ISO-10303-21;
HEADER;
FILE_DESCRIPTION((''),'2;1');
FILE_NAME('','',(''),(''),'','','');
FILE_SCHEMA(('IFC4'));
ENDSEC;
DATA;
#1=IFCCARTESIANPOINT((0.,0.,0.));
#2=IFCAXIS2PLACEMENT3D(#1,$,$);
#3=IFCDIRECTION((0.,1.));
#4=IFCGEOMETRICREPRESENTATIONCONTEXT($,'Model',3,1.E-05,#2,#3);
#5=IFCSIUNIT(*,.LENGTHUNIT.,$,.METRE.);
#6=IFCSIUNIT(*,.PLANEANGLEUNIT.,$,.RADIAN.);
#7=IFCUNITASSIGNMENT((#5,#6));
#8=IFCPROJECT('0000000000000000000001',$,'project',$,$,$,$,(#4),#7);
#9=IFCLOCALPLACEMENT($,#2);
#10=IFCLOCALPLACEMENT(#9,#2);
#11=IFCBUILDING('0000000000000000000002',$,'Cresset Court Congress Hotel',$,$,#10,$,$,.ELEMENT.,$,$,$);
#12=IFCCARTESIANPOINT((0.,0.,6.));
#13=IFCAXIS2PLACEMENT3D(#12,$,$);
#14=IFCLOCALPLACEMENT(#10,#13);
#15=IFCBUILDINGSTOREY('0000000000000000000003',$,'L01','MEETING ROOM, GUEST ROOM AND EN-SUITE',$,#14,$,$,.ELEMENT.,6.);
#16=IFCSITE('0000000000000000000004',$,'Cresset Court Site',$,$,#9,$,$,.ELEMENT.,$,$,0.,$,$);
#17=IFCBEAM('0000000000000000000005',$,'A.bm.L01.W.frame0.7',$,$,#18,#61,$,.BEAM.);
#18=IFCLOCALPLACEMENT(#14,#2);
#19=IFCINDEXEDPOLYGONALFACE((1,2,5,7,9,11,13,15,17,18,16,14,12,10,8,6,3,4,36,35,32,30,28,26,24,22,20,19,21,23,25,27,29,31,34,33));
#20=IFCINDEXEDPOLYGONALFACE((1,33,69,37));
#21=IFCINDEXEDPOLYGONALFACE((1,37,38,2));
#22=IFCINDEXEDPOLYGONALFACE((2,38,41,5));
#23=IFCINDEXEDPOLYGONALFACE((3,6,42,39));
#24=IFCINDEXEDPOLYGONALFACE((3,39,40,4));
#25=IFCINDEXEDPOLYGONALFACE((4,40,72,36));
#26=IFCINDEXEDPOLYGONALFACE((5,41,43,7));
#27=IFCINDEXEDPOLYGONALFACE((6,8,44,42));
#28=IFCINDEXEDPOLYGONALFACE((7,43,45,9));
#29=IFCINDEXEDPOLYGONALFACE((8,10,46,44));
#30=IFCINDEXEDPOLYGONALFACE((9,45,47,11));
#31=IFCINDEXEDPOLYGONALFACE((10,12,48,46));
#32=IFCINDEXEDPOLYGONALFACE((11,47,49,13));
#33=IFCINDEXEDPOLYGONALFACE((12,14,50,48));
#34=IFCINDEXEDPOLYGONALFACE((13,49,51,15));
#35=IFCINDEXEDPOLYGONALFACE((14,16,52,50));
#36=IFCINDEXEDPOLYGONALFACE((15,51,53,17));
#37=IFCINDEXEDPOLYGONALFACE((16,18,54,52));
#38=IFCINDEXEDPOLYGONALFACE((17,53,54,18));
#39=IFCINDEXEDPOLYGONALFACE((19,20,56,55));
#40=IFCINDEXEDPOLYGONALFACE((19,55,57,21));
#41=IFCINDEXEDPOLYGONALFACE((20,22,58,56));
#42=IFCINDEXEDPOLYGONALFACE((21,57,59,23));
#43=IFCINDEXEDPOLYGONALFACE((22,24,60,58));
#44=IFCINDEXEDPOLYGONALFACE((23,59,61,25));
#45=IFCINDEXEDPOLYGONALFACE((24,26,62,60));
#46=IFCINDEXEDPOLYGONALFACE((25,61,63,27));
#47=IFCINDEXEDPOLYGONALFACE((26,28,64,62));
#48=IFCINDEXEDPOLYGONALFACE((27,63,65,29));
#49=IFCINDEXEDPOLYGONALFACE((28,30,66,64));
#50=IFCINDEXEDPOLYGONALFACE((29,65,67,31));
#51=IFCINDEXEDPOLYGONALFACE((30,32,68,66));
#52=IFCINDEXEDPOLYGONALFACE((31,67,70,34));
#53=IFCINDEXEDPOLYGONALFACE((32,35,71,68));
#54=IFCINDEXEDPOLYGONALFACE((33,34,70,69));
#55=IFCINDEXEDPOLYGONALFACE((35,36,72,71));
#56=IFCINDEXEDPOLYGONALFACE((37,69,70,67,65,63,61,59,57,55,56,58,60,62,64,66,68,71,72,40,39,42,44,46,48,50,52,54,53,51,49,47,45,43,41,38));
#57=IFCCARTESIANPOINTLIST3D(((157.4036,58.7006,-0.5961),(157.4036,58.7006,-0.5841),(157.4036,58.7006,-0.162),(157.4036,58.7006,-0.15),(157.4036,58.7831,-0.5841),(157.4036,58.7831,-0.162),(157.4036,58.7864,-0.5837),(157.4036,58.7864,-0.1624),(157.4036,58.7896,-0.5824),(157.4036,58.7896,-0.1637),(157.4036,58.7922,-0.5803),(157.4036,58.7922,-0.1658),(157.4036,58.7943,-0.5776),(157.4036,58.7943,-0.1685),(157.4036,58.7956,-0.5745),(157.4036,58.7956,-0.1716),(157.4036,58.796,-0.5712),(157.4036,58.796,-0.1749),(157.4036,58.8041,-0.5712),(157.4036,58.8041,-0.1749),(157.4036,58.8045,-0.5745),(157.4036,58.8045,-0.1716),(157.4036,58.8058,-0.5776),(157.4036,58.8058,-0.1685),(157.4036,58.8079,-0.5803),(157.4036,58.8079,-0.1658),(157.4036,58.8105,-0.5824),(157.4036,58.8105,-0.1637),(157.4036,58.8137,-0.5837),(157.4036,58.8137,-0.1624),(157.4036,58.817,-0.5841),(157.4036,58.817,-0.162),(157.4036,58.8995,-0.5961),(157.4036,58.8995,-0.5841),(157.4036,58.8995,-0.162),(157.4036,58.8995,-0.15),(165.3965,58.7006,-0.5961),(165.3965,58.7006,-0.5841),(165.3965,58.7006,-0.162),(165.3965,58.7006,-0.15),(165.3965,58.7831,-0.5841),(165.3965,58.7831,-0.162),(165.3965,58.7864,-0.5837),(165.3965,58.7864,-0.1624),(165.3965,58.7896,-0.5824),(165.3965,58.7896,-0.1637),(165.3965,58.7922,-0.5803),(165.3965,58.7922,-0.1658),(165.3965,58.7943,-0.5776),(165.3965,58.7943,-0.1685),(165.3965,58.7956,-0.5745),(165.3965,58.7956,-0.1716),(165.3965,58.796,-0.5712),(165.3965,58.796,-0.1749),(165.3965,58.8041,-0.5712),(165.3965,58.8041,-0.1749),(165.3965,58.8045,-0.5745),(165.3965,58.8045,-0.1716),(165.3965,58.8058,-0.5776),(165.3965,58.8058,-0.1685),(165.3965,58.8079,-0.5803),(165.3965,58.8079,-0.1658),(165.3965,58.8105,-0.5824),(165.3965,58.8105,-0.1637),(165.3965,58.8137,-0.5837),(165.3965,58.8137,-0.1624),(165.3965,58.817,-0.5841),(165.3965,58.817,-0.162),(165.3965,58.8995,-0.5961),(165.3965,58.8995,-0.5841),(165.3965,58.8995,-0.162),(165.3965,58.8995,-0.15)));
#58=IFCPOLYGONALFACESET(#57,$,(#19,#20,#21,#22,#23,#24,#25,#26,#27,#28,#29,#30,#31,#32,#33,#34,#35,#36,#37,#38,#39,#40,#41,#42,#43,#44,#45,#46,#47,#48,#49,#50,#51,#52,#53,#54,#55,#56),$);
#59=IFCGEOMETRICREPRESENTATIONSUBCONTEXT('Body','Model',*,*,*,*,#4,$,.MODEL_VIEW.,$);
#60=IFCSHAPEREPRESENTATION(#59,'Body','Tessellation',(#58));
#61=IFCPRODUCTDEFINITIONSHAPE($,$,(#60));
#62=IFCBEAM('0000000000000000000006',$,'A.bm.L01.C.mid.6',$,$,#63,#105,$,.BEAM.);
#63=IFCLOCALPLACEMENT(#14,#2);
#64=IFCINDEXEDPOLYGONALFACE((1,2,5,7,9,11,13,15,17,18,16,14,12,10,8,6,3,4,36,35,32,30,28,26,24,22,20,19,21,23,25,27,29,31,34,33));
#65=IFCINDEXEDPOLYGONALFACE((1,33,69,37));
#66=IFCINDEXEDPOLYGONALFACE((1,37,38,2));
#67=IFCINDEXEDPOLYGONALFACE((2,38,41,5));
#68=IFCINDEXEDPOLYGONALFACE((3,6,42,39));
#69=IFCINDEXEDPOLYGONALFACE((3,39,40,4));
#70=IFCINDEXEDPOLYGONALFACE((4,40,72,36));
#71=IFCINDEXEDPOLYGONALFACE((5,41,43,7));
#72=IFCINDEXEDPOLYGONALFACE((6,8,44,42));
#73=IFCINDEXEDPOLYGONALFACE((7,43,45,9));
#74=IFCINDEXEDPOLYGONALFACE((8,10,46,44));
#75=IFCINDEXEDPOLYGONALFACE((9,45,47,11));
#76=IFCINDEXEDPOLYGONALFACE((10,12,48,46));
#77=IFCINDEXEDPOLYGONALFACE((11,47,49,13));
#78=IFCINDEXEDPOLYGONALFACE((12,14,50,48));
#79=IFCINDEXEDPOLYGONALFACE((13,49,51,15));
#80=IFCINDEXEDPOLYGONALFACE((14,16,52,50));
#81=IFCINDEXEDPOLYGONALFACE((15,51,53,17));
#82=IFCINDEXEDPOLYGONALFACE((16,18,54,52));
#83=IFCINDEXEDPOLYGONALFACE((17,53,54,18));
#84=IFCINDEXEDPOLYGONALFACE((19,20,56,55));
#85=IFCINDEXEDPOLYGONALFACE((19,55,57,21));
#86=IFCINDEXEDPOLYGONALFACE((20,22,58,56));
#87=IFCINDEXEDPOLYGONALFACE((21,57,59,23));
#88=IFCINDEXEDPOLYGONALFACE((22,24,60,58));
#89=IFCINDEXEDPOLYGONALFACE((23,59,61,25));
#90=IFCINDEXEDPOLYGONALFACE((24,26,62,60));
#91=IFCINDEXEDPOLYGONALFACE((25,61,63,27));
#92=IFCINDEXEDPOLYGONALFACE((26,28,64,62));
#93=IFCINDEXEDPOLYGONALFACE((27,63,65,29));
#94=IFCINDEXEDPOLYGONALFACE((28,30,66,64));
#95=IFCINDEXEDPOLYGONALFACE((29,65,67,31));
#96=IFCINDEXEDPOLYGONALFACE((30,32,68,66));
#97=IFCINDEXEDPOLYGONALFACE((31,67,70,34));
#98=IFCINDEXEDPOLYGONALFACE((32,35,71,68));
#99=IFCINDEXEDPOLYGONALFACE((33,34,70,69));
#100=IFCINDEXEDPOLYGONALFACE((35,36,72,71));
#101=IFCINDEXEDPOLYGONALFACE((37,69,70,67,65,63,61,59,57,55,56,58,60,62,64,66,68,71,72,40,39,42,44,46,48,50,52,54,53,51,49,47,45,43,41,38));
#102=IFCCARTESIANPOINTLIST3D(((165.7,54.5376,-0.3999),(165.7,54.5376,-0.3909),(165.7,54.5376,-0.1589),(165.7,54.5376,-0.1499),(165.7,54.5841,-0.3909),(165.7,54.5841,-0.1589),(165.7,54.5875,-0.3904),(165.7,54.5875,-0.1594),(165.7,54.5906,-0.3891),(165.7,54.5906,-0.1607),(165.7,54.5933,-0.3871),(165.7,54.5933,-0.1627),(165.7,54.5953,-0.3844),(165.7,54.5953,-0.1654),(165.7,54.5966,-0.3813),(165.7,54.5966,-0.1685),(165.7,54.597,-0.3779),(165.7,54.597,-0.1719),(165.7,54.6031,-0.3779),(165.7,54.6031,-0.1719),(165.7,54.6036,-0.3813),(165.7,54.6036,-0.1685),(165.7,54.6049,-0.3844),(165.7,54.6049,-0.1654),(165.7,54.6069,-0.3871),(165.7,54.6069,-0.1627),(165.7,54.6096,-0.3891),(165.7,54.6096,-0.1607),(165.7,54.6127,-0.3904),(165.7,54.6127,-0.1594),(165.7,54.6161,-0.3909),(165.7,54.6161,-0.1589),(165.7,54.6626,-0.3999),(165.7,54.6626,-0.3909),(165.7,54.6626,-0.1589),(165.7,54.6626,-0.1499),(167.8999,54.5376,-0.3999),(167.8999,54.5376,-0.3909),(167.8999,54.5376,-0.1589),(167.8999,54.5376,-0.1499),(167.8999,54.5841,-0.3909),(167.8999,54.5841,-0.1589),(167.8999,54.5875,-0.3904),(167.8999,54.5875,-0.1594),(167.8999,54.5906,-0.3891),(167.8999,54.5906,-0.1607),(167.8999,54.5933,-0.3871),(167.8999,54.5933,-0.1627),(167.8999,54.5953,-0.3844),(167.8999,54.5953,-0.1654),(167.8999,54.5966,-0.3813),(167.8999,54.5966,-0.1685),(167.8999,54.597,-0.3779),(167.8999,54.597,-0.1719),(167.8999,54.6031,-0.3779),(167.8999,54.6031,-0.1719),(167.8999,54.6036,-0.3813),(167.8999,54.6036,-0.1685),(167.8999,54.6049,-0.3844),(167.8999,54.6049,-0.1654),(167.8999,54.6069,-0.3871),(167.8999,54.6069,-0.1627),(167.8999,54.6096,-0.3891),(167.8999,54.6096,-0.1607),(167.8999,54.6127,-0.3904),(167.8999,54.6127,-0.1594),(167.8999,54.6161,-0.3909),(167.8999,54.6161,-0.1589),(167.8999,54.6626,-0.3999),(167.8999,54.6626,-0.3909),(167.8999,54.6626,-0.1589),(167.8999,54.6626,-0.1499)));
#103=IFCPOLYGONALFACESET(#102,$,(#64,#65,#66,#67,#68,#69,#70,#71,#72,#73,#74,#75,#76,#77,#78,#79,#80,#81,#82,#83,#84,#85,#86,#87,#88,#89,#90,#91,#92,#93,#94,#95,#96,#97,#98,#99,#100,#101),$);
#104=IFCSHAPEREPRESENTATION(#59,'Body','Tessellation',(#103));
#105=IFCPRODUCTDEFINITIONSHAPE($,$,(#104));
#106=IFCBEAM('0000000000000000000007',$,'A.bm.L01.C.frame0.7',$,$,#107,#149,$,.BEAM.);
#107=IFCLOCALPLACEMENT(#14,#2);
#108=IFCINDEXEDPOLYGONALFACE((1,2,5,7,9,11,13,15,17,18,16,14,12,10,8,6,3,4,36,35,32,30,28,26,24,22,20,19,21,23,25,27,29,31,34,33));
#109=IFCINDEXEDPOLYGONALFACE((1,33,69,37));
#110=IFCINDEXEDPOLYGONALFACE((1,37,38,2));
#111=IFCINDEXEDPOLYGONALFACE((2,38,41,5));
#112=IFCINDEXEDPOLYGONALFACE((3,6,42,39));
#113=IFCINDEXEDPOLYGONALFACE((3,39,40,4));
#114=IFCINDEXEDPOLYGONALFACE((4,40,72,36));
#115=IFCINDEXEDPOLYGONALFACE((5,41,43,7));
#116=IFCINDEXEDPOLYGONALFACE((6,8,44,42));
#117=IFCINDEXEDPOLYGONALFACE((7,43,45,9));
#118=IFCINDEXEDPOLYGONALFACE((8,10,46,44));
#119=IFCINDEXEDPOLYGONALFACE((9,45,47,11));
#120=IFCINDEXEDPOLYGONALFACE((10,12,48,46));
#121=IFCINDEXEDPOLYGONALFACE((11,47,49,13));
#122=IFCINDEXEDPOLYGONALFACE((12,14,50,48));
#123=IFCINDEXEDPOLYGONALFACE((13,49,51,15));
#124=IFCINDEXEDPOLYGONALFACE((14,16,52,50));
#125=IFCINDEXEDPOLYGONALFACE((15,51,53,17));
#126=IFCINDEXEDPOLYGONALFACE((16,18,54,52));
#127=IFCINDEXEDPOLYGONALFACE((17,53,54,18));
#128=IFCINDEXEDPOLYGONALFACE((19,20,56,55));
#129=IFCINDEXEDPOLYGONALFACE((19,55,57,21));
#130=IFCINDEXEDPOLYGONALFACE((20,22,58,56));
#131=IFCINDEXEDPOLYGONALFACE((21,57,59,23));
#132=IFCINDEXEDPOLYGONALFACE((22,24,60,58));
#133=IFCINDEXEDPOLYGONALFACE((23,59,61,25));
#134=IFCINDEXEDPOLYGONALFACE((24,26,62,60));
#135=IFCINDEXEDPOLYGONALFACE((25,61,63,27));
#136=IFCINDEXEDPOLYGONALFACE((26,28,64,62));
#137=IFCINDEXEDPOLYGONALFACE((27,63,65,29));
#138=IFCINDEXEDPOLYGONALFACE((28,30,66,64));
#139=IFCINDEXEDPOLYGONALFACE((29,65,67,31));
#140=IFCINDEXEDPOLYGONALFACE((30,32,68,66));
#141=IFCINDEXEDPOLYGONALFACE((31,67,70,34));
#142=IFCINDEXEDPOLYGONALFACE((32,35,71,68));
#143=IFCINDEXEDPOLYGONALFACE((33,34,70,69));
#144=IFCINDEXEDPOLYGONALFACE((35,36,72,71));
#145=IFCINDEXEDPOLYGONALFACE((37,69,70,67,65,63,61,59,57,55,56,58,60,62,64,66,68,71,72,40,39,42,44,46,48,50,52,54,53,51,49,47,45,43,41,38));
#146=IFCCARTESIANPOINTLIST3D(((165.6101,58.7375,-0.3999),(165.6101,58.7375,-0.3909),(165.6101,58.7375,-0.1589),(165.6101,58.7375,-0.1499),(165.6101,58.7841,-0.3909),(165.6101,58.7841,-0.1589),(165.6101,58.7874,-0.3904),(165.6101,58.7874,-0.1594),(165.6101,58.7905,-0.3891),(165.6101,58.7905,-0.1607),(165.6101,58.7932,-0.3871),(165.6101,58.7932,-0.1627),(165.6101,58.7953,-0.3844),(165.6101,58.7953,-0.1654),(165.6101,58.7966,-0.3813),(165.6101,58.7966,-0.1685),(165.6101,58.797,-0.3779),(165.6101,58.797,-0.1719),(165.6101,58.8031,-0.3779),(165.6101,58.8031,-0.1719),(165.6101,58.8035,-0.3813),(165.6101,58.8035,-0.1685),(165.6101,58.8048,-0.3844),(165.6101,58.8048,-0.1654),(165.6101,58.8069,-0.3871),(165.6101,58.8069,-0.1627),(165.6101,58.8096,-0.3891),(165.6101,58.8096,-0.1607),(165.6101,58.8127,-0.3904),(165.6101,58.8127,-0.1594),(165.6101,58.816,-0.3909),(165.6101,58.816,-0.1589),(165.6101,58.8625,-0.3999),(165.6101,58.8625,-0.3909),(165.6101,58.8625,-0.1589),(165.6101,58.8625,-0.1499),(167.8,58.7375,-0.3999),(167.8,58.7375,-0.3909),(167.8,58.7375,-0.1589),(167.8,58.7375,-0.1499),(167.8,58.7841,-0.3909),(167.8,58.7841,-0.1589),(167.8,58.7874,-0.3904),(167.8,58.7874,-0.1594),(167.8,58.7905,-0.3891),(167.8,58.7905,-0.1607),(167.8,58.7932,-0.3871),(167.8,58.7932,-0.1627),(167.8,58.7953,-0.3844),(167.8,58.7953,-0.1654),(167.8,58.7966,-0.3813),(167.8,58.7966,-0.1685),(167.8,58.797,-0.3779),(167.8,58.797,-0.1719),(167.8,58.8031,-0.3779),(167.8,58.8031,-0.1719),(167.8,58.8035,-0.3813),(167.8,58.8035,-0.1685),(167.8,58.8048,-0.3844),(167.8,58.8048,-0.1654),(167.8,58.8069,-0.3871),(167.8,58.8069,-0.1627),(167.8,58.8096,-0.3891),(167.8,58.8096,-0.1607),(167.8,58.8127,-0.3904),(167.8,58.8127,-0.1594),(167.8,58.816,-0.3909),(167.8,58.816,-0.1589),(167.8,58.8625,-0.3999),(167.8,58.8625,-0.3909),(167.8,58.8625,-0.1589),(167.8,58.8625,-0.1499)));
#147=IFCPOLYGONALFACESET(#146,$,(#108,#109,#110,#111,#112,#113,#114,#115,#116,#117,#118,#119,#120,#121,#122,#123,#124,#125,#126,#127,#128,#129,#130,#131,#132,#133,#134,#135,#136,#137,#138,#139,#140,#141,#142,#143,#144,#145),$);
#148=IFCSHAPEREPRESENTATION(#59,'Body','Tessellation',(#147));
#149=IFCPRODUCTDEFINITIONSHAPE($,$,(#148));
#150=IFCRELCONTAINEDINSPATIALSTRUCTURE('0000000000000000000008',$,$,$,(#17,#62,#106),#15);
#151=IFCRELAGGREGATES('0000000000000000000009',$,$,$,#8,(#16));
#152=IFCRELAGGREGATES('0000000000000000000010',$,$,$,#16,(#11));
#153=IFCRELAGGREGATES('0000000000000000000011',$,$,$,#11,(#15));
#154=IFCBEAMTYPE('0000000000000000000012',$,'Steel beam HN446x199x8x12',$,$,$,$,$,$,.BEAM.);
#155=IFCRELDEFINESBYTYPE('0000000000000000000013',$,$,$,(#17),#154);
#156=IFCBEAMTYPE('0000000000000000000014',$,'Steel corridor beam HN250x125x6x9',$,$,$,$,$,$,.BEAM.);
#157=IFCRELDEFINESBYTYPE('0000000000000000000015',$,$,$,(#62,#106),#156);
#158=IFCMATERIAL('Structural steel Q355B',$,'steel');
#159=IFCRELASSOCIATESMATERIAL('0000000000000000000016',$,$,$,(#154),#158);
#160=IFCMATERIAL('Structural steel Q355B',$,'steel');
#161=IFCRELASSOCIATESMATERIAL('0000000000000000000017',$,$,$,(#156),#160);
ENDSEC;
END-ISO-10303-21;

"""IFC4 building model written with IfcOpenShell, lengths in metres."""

from ifc_helpers import new_model, si_unit, direction, frame, origin, origin_2d, place, context, subcontext, project, spatial, i_section, extrude, material, material_profile, profile_set, type_object, element, save


model = new_model("IFC4")

# Units and contexts
model_context = context("Model", 3, precision=1e-05, world=origin(), true_north=direction((0.0, 1.0)))
body_context = subcontext(model_context, "Body", "Model", "MODEL_VIEW")
ifc_project = project(units=[si_unit("LENGTHUNIT", "METRE"), si_unit("PLANEANGLEUNIT", "RADIAN")], contexts=[model_context])

# Site, building, storey
site_placement = place(None, origin())
site = spatial("IfcSite", under=ifc_project, at=site_placement, Name="Cresset Court Site", CompositionType="ELEMENT", RefElevation=0.0)
building_placement = place(site_placement, origin())
building = spatial("IfcBuilding", under=site, at=building_placement, Name="Cresset Court Congress Hotel", CompositionType="ELEMENT")
storey_placement = place(building_placement, frame((0.0, 0.0, 6.0)))
storey = spatial("IfcBuildingStorey", under=building, at=storey_placement, Name="L01", Description="MEETING ROOM, GUEST ROOM AND EN-SUITE", CompositionType="ELEMENT", Elevation=6.0)

# Beams
ifc_material_1 = material(Name="Structural steel Q355B", Category="steel")
ifc_material_profile_1 = material_profile(ifc_material_1, i_section(OverallWidth=0.199, OverallDepth=0.446, WebThickness=0.0081, FlangeThickness=0.012, FilletRadius=0.0129, at=origin_2d()), Name="HN446x199x8x12")
ifc_profile_set_1 = profile_set([ifc_material_profile_1], Name="Structural steel Q355B")
beam_type_1 = type_object("IfcBeamType", Name="Steel beam HN446x199x8x12", PredefinedType="BEAM", material=ifc_profile_set_1)
beam_1_placement = place(storey_placement, frame((157.4036, 58.8, -0.373), z_axis=(1.0, 0.0, 0.0), x_axis=(0.0, 1.0, 0.0)))
element("IfcBeam", 1, at=beam_1_placement, inside=storey, type_object=beam_type_1, Name="A.bm.L01.W.frame0.7", PredefinedType="BEAM", context=body_context, shape_type="SweptSolid", body=[
    extrude(i_section(OverallWidth=0.199, OverallDepth=0.446, WebThickness=0.0081, FlangeThickness=0.012, FilletRadius=0.0129, at=origin_2d()), origin(), (0.0, 0.0, 1.0), 7.9929),
])
ifc_material_2 = material(Name="Structural steel Q355B", Category="steel")
ifc_material_profile_2 = material_profile(ifc_material_2, i_section(OverallWidth=0.125, OverallDepth=0.25, WebThickness=0.0061, FlangeThickness=0.009, FilletRadius=0.0129, at=origin_2d()), Name="HN250x125x6x9")
ifc_profile_set_2 = profile_set([ifc_material_profile_2], Name="Structural steel Q355B")
beam_type_2 = type_object("IfcBeamType", Name="Steel corridor beam HN250x125x6x9", PredefinedType="BEAM", material=ifc_profile_set_2)
beam_2_placement = place(storey_placement, frame((165.7, 54.6001, -0.2749), z_axis=(1.0, 0.0, 0.0), x_axis=(0.0, 1.0, 0.0)))
element("IfcBeam", 2, at=beam_2_placement, inside=storey, type_object=beam_type_2, Name="A.bm.L01.C.mid.6", PredefinedType="BEAM", context=body_context, shape_type="SweptSolid", body=[
    extrude(i_section(OverallWidth=0.125, OverallDepth=0.25, WebThickness=0.0061, FlangeThickness=0.009, FilletRadius=0.0129, at=origin_2d()), origin(), (0.0, 0.0, 1.0), 2.2),
])
beam_3_placement = place(storey_placement, frame((165.6101, 58.8, -0.2749), z_axis=(1.0, 0.0, 0.0), x_axis=(0.0, 1.0, 0.0)))
element("IfcBeam", 3, at=beam_3_placement, inside=storey, type_object=beam_type_2, Name="A.bm.L01.C.frame0.7", PredefinedType="BEAM", context=body_context, shape_type="SweptSolid", body=[
    extrude(i_section(OverallWidth=0.125, OverallDepth=0.25, WebThickness=0.0061, FlangeThickness=0.009, FilletRadius=0.0129, at=origin_2d()), origin(), (0.0, 0.0, 1.0), 2.1899),
])

save(model, "model.ifc")
